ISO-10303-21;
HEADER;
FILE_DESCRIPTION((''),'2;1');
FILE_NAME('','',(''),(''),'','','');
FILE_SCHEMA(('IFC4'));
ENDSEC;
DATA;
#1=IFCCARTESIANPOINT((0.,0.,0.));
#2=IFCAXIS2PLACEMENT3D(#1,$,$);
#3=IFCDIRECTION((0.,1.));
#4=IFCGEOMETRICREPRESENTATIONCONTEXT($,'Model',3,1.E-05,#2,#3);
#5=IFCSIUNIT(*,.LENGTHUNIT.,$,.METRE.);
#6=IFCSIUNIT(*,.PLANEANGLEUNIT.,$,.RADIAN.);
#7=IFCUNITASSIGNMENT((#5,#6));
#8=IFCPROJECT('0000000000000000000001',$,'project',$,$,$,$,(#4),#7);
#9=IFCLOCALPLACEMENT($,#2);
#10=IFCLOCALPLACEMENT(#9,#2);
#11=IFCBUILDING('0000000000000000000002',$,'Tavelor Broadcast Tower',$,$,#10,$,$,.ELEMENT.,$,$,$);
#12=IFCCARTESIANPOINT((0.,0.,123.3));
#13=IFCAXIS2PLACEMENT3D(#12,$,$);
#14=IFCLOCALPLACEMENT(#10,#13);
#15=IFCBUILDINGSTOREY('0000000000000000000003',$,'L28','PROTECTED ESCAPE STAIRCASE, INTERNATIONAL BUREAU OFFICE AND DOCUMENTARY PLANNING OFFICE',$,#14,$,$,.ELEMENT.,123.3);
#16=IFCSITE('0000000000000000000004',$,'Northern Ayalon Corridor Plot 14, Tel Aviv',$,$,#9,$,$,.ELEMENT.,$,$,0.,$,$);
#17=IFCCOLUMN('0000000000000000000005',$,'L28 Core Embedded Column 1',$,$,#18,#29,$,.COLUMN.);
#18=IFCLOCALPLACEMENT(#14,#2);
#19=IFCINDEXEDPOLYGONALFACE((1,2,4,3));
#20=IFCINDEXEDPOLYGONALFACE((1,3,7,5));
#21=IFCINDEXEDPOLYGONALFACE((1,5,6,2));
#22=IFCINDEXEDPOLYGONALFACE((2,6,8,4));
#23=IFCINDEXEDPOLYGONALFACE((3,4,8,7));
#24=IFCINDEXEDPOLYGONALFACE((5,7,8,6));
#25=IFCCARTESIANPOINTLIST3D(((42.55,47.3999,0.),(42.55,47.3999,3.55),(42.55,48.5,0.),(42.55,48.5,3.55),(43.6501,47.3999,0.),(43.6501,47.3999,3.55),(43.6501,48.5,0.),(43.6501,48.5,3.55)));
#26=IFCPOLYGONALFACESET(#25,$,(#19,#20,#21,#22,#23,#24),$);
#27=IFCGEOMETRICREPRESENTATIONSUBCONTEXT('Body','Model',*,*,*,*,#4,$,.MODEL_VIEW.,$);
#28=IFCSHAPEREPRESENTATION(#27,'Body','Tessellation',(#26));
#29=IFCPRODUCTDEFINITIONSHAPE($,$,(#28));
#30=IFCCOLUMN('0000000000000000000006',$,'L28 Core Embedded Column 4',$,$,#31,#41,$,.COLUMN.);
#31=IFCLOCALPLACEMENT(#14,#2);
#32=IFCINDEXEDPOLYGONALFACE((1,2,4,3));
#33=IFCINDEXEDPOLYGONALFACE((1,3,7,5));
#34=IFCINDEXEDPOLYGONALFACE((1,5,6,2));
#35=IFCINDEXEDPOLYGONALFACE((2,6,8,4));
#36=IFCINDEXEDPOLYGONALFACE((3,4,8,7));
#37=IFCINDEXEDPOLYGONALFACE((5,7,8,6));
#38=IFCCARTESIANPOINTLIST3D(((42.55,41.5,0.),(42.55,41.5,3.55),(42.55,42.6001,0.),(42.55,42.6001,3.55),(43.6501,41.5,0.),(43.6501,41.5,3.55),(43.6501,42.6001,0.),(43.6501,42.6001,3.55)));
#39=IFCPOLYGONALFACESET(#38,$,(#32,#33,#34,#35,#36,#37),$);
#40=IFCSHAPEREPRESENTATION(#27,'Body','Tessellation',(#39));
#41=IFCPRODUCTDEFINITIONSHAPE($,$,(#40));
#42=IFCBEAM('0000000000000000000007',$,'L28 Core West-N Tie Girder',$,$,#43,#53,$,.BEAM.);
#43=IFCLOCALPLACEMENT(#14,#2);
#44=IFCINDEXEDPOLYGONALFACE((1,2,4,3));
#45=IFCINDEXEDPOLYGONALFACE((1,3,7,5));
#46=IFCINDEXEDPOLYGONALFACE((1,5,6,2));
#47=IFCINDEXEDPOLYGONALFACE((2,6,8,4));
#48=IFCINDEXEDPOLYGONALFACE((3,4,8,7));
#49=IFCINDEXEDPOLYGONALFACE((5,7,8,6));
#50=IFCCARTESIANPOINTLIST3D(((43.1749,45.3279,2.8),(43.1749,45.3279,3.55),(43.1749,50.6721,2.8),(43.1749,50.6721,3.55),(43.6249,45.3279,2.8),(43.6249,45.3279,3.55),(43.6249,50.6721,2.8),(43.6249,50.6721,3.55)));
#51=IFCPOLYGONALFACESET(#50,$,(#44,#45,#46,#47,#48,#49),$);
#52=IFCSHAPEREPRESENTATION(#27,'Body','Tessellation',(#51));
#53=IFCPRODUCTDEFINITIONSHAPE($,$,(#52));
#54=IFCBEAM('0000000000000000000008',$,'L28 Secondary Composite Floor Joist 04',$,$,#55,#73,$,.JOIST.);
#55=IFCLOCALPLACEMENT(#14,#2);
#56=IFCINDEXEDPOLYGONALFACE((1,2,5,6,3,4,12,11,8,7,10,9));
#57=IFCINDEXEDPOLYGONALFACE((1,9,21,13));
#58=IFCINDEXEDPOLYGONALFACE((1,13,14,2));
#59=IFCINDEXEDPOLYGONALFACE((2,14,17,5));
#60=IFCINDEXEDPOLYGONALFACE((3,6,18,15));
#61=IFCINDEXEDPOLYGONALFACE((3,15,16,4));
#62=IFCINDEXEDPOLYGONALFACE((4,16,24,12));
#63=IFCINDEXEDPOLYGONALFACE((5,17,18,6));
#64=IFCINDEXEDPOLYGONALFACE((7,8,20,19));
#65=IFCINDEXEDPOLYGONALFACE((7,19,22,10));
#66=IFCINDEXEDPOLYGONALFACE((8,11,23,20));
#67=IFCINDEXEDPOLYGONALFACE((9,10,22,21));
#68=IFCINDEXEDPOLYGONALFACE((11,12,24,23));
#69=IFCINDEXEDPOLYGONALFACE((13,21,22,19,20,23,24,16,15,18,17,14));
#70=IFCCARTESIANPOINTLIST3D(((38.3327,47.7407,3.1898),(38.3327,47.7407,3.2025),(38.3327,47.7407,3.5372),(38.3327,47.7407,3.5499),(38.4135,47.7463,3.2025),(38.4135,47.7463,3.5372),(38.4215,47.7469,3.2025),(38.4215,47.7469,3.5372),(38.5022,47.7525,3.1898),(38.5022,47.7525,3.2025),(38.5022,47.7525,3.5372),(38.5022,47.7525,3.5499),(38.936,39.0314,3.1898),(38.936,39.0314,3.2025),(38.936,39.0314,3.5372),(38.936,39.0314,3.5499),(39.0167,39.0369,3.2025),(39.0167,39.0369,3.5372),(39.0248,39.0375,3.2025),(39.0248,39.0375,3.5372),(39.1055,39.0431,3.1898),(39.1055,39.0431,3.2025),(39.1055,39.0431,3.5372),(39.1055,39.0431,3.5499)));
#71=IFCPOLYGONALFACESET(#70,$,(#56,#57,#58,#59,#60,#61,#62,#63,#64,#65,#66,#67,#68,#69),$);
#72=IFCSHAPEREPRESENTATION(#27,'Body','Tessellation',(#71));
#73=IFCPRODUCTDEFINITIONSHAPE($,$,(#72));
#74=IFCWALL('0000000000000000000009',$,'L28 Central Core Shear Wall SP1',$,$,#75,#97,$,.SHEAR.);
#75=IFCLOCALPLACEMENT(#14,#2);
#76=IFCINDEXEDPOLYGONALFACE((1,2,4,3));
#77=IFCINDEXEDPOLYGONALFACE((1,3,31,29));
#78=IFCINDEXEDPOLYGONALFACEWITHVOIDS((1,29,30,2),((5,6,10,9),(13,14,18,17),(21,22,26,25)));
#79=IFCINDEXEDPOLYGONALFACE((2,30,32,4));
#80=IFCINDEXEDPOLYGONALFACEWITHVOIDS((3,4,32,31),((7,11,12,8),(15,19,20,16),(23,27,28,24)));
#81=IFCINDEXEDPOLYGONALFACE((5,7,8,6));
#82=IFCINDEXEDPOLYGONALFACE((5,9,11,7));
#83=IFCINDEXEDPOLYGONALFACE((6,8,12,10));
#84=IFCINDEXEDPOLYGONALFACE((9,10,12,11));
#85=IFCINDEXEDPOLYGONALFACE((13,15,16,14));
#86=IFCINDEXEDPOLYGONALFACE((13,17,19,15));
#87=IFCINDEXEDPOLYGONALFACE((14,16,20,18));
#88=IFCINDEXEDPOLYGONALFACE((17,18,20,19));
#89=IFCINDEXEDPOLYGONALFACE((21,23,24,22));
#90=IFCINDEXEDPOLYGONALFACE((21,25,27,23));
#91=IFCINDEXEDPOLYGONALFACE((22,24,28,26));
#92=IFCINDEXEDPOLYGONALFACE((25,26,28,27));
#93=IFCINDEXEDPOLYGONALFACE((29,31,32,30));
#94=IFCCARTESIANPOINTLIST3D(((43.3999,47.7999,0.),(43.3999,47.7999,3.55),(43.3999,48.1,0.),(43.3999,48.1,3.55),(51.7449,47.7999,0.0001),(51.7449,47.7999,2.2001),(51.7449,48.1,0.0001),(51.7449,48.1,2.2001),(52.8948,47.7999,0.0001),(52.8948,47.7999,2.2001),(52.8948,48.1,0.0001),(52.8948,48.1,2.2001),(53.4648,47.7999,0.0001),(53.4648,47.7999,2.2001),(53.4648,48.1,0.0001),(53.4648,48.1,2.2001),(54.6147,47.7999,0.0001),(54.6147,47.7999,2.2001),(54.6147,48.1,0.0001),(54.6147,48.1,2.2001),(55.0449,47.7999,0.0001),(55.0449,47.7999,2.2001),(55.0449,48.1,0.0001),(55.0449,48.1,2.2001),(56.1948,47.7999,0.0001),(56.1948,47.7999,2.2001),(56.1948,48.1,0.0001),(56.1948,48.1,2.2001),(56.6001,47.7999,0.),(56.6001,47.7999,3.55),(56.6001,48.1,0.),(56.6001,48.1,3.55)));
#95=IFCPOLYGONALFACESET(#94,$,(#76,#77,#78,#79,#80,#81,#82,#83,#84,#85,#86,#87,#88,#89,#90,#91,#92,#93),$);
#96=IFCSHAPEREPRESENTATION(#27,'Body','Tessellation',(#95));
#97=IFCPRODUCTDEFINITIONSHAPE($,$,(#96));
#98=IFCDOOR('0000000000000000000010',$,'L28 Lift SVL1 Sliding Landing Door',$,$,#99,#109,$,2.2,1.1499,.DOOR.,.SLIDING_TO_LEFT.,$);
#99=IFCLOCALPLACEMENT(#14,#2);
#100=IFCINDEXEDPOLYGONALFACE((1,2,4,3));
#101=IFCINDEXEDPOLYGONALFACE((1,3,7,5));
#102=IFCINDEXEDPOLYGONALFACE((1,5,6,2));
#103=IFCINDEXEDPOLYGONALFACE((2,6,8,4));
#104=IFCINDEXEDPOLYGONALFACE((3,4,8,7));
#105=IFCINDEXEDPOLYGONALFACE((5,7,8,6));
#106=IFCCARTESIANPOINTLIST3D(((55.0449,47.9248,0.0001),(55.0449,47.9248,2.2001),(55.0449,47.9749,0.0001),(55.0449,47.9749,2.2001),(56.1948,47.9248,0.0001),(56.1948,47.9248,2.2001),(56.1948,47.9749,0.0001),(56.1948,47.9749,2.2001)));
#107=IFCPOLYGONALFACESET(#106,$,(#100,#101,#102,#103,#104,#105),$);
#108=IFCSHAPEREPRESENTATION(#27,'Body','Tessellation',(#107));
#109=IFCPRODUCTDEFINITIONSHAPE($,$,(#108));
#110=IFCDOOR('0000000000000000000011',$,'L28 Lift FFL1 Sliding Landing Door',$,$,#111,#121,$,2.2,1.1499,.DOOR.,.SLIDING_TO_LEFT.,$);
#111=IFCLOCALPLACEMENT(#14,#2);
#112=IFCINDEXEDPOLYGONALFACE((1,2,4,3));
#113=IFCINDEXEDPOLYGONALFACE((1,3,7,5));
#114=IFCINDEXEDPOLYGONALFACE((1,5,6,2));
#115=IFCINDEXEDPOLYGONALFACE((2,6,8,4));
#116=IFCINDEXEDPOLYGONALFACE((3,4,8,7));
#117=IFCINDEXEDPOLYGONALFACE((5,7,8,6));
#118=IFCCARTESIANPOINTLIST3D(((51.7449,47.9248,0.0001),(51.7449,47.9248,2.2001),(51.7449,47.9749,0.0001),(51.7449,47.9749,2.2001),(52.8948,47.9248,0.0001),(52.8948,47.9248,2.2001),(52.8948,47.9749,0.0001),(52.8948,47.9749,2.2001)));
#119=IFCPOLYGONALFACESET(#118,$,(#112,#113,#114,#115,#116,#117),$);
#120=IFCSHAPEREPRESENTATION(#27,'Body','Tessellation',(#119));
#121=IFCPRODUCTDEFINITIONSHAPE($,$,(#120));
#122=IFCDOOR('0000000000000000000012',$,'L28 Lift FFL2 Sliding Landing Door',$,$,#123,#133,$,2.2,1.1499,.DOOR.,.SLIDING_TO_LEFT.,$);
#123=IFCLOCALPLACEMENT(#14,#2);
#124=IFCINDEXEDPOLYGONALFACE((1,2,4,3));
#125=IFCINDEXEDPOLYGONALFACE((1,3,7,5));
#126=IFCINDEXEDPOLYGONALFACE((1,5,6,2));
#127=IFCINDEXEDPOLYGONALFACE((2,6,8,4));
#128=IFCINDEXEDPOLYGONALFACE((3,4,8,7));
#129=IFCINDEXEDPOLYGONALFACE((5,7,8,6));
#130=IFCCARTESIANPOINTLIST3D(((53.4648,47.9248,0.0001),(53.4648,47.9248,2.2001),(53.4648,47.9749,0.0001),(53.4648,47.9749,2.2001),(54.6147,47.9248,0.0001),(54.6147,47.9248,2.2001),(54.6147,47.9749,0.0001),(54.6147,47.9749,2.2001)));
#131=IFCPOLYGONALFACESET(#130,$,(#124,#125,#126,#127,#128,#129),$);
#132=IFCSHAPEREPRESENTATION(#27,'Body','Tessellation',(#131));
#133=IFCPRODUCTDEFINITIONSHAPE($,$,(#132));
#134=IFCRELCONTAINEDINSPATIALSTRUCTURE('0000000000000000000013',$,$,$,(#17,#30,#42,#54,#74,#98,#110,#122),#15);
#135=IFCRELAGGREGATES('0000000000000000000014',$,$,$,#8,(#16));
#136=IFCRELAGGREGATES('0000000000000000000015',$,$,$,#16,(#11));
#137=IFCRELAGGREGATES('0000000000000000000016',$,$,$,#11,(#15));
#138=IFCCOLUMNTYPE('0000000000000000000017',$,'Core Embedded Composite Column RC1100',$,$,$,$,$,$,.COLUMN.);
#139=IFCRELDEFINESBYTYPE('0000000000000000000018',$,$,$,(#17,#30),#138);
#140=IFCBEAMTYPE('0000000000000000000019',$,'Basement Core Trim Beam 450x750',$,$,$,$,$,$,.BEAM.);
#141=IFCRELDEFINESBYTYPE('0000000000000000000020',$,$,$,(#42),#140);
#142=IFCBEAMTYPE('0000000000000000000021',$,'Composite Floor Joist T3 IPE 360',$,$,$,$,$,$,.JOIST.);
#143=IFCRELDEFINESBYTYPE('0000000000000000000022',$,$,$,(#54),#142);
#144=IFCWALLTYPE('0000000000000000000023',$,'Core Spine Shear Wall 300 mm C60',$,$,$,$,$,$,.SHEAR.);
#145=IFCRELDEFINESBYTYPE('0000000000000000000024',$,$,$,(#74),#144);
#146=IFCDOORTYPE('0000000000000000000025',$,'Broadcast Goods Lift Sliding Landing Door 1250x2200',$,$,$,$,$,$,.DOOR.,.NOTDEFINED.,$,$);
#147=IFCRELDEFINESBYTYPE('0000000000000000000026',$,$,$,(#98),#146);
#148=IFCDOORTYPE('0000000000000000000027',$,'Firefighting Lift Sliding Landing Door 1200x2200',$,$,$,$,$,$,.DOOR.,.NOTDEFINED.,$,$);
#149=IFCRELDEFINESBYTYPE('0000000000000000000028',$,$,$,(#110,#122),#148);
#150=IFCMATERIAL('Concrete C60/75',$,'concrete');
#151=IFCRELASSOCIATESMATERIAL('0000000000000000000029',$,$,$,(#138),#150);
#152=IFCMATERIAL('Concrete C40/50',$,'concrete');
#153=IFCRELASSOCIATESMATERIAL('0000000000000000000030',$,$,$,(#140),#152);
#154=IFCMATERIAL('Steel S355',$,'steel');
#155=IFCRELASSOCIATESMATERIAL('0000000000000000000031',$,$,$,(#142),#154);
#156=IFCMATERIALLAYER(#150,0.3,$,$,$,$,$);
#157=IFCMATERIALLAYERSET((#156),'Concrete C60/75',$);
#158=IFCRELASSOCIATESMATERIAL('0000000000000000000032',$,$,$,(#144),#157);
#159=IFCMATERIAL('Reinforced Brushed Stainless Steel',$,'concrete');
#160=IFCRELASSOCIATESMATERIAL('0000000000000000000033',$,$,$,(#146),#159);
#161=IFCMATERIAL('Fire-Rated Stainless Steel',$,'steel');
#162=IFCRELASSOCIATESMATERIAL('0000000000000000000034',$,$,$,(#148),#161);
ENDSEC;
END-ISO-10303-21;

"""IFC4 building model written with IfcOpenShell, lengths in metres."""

from ifc_helpers import new_model, si_unit, direction, frame, frame_2d, origin, origin_2d, place, context, subcontext, project, spatial, rectangle, i_section, extrude, material, layer, layer_set, material_profile, profile_set, type_object, element, fill, save


model = new_model("IFC4")

# Units and contexts
model_context = context("Model", 3, precision=1e-05, world=origin(), true_north=direction((0.0, 1.0)))
body_context = subcontext(model_context, "Body", "Model", "MODEL_VIEW")
ifc_project = project(units=[si_unit("LENGTHUNIT", "METRE"), si_unit("PLANEANGLEUNIT", "RADIAN")], contexts=[model_context])

# Site, building, storey
site_placement = place(None, origin())
site = spatial("IfcSite", under=ifc_project, at=site_placement, Name="Northern Ayalon Corridor Plot 14, Tel Aviv", CompositionType="ELEMENT", RefElevation=0.0)
building_placement = place(site_placement, origin())
building = spatial("IfcBuilding", under=site, at=building_placement, Name="Tavelor Broadcast Tower", CompositionType="ELEMENT")
storey_placement = place(building_placement, frame((0.0, 0.0, 123.3)))
storey = spatial("IfcBuildingStorey", under=building, at=storey_placement, Name="L28", Description="PROTECTED ESCAPE STAIRCASE, INTERNATIONAL BUREAU OFFICE AND DOCUMENTARY PLANNING OFFICE", CompositionType="ELEMENT", Elevation=123.3)

# Columns
ifc_material_1 = material(Name="Concrete C60/75", Category="concrete")
ifc_material_profile_1 = material_profile(ifc_material_1, rectangle(XDim=1.1001, YDim=1.1001, at=origin_2d()), Name="RC 1100x1100")
ifc_profile_set_1 = profile_set([ifc_material_profile_1], Name="Concrete C60/75")
column_type = type_object("IfcColumnType", Name="Core Embedded Composite Column RC1100", PredefinedType="COLUMN", material=ifc_profile_set_1)
for number, where, z_axis, x_axis, name in (
    (1, (43.1001, 47.95, 0.0), (0.0, 0.0, 1.0), (1.0, 0.0, 0.0), "L28 Core Embedded Column 1"),
    (2, (43.1001, 42.05, 0.0), (0.0, 0.0, 1.0), (1.0, 0.0, 0.0), "L28 Core Embedded Column 4"),
):
    element("IfcColumn", number, at=place(storey_placement, frame(where, z_axis=z_axis, x_axis=x_axis)), inside=storey, type_object=column_type, Name=name, PredefinedType="COLUMN", context=body_context, shape_type="SweptSolid", body=[
        extrude(rectangle(XDim=1.1001, YDim=1.1001, at=origin_2d()), origin(), (0.0, 0.0, 1.0), 3.55),
    ])

# Beams
ifc_material_2 = material(Name="Concrete C40/50", Category="concrete")
ifc_material_profile_2 = material_profile(ifc_material_2, rectangle(XDim=0.45, YDim=0.75, at=origin_2d()), Name="RC 450x750")
ifc_profile_set_2 = profile_set([ifc_material_profile_2], Name="Concrete C40/50")
beam_type_1 = type_object("IfcBeamType", Name="Basement Core Trim Beam 450x750", PredefinedType="BEAM", material=ifc_profile_set_2)
beam_1_placement = place(storey_placement, frame((43.3999, 45.3279, 3.175), z_axis=(0.0, 1.0, 0.0), x_axis=(-1.0, 0.0, 0.0)))
element("IfcBeam", 3, at=beam_1_placement, inside=storey, type_object=beam_type_1, Name="L28 Core West-N Tie Girder", PredefinedType="BEAM", context=body_context, shape_type="SweptSolid", body=[
    extrude(rectangle(XDim=0.45, YDim=0.75, at=origin_2d()), origin(), (0.0, 0.0, 1.0), 5.3442),
])
ifc_material_3 = material(Name="Steel S355", Category="steel")
ifc_material_profile_3 = material_profile(ifc_material_3, i_section(OverallWidth=0.1699, OverallDepth=0.3601, WebThickness=0.0081, FlangeThickness=0.0127, at=origin_2d()), Name="IPE 360")
ifc_profile_set_3 = profile_set([ifc_material_profile_3], Name="Steel S355")
beam_type_2 = type_object("IfcBeamType", Name="Composite Floor Joist T3 IPE 360", PredefinedType="JOIST", material=ifc_profile_set_3)
beam_2_placement = place(storey_placement, frame((38.4175, 47.7466, 3.3699), z_axis=(0.069101, -0.99761, 0.0), x_axis=(0.99761, 0.069101, 0.0)))
element("IfcBeam", 4, at=beam_2_placement, inside=storey, type_object=beam_type_2, Name="L28 Secondary Composite Floor Joist 04", PredefinedType="JOIST", context=body_context, shape_type="SweptSolid", body=[
    extrude(i_section(OverallWidth=0.1699, OverallDepth=0.3601, WebThickness=0.0081, FlangeThickness=0.0127, at=origin_2d()), origin(), (0.0, 0.0, 1.0), 8.7302),
])

# Wall, openings, doors
ifc_layer_1 = layer(ifc_material_1, 0.3)
ifc_layer_set_1 = layer_set([ifc_layer_1], Name="Concrete C60/75")
wall_type_1 = type_object("IfcWallType", Name="Core Spine Shear Wall 300 mm C60", PredefinedType="SHEAR", material=ifc_layer_set_1)
wall_1_placement = place(storey_placement, frame((43.3999, 47.95, 0.0), z_axis=(0.0, 0.0, 1.0), x_axis=(1.0, 0.0, 0.0)))
wall_1 = element("IfcWall", 5, at=wall_1_placement, inside=storey, type_object=wall_type_1, Name="L28 Central Core Shear Wall SP1", PredefinedType="SHEAR", context=body_context, shape_type="SweptSolid", body=[
    extrude(rectangle(XDim=13.2002, YDim=0.3, at=frame_2d((6.6001, 0.0))), origin(), (0.0, 0.0, 1.0), 3.55),
])
opening_1_placement = place(wall_1_placement, frame((8.345, 0.0, 0.0)))
opening_1 = element("IfcOpeningElement", 6, at=opening_1_placement, cuts=wall_1, PredefinedType="OPENING", context=body_context, shape_type="SweptSolid", body=[
    extrude(rectangle(XDim=1.1499, YDim=2.2, at=frame_2d((0.575, 1.1001))), frame((0.0, 0.1602, 0.0), z_axis=(0.0, -1.0, 0.0), x_axis=(1.0, 0.0, 0.0)), (0.0, 0.0, 1.0), 0.3201),
])
opening_2_placement = place(wall_1_placement, frame((10.0649, 0.0, 0.0)))
opening_2 = element("IfcOpeningElement", 7, at=opening_2_placement, cuts=wall_1, PredefinedType="OPENING", context=body_context, shape_type="SweptSolid", body=[
    extrude(rectangle(XDim=1.1499, YDim=2.2, at=frame_2d((0.575, 1.1001))), frame((0.0, 0.1602, 0.0), z_axis=(0.0, -1.0, 0.0), x_axis=(1.0, 0.0, 0.0)), (0.0, 0.0, 1.0), 0.3201),
])
opening_3_placement = place(wall_1_placement, frame((11.645, 0.0, 0.0)))
opening_3 = element("IfcOpeningElement", 8, at=opening_3_placement, cuts=wall_1, PredefinedType="OPENING", context=body_context, shape_type="SweptSolid", body=[
    extrude(rectangle(XDim=1.1499, YDim=2.2, at=frame_2d((0.575, 1.1001))), frame((0.0, 0.1602, 0.0), z_axis=(0.0, -1.0, 0.0), x_axis=(1.0, 0.0, 0.0)), (0.0, 0.0, 1.0), 0.3201),
])
ifc_material_4 = material(Name="Reinforced Brushed Stainless Steel", Category="concrete")
door_type_1 = type_object("IfcDoorType", Name="Broadcast Goods Lift Sliding Landing Door 1250x2200", OperationType="NOTDEFINED", PredefinedType="DOOR", material=ifc_material_4)
door_1_placement = place(opening_3_placement, origin())
door_1 = element("IfcDoor", 9, at=door_1_placement, inside=storey, type_object=door_type_1, Name="L28 Lift SVL1 Sliding Landing Door", OperationType="SLIDING_TO_LEFT", OverallHeight=2.2, OverallWidth=1.1499, PredefinedType="DOOR", context=body_context, shape_type="SweptSolid", body=[
    extrude(rectangle(XDim=1.1499, YDim=2.2, at=frame_2d((0.575, 1.1001))), frame((0.0, 0.0249, 0.0), z_axis=(0.0, -1.0, 0.0), x_axis=(1.0, 0.0, 0.0)), (0.0, 0.0, 1.0), 0.05),
])
fill(opening_3, door_1)
ifc_material_5 = material(Name="Fire-Rated Stainless Steel", Category="steel")
door_type_2 = type_object("IfcDoorType", Name="Firefighting Lift Sliding Landing Door 1200x2200", OperationType="NOTDEFINED", PredefinedType="DOOR", material=ifc_material_5)
door_2_placement = place(opening_1_placement, origin())
door_2 = element("IfcDoor", 10, at=door_2_placement, inside=storey, type_object=door_type_2, Name="L28 Lift FFL1 Sliding Landing Door", OperationType="SLIDING_TO_LEFT", OverallHeight=2.2, OverallWidth=1.1499, PredefinedType="DOOR", context=body_context, shape_type="SweptSolid", body=[
    extrude(rectangle(XDim=1.1499, YDim=2.2, at=frame_2d((0.575, 1.1001))), frame((0.0, 0.0249, 0.0), z_axis=(0.0, -1.0, 0.0), x_axis=(1.0, 0.0, 0.0)), (0.0, 0.0, 1.0), 0.05),
])
fill(opening_1, door_2)
door_3_placement = place(opening_2_placement, origin())
door_3 = element("IfcDoor", 11, at=door_3_placement, inside=storey, type_object=door_type_2, Name="L28 Lift FFL2 Sliding Landing Door", OperationType="SLIDING_TO_LEFT", OverallHeight=2.2, OverallWidth=1.1499, PredefinedType="DOOR", context=body_context, shape_type="SweptSolid", body=[
    extrude(rectangle(XDim=1.1499, YDim=2.2, at=frame_2d((0.575, 1.1001))), frame((0.0, 0.0249, 0.0), z_axis=(0.0, -1.0, 0.0), x_axis=(1.0, 0.0, 0.0)), (0.0, 0.0, 1.0), 0.05),
])
fill(opening_2, door_3)

save(model, "model.ifc")
